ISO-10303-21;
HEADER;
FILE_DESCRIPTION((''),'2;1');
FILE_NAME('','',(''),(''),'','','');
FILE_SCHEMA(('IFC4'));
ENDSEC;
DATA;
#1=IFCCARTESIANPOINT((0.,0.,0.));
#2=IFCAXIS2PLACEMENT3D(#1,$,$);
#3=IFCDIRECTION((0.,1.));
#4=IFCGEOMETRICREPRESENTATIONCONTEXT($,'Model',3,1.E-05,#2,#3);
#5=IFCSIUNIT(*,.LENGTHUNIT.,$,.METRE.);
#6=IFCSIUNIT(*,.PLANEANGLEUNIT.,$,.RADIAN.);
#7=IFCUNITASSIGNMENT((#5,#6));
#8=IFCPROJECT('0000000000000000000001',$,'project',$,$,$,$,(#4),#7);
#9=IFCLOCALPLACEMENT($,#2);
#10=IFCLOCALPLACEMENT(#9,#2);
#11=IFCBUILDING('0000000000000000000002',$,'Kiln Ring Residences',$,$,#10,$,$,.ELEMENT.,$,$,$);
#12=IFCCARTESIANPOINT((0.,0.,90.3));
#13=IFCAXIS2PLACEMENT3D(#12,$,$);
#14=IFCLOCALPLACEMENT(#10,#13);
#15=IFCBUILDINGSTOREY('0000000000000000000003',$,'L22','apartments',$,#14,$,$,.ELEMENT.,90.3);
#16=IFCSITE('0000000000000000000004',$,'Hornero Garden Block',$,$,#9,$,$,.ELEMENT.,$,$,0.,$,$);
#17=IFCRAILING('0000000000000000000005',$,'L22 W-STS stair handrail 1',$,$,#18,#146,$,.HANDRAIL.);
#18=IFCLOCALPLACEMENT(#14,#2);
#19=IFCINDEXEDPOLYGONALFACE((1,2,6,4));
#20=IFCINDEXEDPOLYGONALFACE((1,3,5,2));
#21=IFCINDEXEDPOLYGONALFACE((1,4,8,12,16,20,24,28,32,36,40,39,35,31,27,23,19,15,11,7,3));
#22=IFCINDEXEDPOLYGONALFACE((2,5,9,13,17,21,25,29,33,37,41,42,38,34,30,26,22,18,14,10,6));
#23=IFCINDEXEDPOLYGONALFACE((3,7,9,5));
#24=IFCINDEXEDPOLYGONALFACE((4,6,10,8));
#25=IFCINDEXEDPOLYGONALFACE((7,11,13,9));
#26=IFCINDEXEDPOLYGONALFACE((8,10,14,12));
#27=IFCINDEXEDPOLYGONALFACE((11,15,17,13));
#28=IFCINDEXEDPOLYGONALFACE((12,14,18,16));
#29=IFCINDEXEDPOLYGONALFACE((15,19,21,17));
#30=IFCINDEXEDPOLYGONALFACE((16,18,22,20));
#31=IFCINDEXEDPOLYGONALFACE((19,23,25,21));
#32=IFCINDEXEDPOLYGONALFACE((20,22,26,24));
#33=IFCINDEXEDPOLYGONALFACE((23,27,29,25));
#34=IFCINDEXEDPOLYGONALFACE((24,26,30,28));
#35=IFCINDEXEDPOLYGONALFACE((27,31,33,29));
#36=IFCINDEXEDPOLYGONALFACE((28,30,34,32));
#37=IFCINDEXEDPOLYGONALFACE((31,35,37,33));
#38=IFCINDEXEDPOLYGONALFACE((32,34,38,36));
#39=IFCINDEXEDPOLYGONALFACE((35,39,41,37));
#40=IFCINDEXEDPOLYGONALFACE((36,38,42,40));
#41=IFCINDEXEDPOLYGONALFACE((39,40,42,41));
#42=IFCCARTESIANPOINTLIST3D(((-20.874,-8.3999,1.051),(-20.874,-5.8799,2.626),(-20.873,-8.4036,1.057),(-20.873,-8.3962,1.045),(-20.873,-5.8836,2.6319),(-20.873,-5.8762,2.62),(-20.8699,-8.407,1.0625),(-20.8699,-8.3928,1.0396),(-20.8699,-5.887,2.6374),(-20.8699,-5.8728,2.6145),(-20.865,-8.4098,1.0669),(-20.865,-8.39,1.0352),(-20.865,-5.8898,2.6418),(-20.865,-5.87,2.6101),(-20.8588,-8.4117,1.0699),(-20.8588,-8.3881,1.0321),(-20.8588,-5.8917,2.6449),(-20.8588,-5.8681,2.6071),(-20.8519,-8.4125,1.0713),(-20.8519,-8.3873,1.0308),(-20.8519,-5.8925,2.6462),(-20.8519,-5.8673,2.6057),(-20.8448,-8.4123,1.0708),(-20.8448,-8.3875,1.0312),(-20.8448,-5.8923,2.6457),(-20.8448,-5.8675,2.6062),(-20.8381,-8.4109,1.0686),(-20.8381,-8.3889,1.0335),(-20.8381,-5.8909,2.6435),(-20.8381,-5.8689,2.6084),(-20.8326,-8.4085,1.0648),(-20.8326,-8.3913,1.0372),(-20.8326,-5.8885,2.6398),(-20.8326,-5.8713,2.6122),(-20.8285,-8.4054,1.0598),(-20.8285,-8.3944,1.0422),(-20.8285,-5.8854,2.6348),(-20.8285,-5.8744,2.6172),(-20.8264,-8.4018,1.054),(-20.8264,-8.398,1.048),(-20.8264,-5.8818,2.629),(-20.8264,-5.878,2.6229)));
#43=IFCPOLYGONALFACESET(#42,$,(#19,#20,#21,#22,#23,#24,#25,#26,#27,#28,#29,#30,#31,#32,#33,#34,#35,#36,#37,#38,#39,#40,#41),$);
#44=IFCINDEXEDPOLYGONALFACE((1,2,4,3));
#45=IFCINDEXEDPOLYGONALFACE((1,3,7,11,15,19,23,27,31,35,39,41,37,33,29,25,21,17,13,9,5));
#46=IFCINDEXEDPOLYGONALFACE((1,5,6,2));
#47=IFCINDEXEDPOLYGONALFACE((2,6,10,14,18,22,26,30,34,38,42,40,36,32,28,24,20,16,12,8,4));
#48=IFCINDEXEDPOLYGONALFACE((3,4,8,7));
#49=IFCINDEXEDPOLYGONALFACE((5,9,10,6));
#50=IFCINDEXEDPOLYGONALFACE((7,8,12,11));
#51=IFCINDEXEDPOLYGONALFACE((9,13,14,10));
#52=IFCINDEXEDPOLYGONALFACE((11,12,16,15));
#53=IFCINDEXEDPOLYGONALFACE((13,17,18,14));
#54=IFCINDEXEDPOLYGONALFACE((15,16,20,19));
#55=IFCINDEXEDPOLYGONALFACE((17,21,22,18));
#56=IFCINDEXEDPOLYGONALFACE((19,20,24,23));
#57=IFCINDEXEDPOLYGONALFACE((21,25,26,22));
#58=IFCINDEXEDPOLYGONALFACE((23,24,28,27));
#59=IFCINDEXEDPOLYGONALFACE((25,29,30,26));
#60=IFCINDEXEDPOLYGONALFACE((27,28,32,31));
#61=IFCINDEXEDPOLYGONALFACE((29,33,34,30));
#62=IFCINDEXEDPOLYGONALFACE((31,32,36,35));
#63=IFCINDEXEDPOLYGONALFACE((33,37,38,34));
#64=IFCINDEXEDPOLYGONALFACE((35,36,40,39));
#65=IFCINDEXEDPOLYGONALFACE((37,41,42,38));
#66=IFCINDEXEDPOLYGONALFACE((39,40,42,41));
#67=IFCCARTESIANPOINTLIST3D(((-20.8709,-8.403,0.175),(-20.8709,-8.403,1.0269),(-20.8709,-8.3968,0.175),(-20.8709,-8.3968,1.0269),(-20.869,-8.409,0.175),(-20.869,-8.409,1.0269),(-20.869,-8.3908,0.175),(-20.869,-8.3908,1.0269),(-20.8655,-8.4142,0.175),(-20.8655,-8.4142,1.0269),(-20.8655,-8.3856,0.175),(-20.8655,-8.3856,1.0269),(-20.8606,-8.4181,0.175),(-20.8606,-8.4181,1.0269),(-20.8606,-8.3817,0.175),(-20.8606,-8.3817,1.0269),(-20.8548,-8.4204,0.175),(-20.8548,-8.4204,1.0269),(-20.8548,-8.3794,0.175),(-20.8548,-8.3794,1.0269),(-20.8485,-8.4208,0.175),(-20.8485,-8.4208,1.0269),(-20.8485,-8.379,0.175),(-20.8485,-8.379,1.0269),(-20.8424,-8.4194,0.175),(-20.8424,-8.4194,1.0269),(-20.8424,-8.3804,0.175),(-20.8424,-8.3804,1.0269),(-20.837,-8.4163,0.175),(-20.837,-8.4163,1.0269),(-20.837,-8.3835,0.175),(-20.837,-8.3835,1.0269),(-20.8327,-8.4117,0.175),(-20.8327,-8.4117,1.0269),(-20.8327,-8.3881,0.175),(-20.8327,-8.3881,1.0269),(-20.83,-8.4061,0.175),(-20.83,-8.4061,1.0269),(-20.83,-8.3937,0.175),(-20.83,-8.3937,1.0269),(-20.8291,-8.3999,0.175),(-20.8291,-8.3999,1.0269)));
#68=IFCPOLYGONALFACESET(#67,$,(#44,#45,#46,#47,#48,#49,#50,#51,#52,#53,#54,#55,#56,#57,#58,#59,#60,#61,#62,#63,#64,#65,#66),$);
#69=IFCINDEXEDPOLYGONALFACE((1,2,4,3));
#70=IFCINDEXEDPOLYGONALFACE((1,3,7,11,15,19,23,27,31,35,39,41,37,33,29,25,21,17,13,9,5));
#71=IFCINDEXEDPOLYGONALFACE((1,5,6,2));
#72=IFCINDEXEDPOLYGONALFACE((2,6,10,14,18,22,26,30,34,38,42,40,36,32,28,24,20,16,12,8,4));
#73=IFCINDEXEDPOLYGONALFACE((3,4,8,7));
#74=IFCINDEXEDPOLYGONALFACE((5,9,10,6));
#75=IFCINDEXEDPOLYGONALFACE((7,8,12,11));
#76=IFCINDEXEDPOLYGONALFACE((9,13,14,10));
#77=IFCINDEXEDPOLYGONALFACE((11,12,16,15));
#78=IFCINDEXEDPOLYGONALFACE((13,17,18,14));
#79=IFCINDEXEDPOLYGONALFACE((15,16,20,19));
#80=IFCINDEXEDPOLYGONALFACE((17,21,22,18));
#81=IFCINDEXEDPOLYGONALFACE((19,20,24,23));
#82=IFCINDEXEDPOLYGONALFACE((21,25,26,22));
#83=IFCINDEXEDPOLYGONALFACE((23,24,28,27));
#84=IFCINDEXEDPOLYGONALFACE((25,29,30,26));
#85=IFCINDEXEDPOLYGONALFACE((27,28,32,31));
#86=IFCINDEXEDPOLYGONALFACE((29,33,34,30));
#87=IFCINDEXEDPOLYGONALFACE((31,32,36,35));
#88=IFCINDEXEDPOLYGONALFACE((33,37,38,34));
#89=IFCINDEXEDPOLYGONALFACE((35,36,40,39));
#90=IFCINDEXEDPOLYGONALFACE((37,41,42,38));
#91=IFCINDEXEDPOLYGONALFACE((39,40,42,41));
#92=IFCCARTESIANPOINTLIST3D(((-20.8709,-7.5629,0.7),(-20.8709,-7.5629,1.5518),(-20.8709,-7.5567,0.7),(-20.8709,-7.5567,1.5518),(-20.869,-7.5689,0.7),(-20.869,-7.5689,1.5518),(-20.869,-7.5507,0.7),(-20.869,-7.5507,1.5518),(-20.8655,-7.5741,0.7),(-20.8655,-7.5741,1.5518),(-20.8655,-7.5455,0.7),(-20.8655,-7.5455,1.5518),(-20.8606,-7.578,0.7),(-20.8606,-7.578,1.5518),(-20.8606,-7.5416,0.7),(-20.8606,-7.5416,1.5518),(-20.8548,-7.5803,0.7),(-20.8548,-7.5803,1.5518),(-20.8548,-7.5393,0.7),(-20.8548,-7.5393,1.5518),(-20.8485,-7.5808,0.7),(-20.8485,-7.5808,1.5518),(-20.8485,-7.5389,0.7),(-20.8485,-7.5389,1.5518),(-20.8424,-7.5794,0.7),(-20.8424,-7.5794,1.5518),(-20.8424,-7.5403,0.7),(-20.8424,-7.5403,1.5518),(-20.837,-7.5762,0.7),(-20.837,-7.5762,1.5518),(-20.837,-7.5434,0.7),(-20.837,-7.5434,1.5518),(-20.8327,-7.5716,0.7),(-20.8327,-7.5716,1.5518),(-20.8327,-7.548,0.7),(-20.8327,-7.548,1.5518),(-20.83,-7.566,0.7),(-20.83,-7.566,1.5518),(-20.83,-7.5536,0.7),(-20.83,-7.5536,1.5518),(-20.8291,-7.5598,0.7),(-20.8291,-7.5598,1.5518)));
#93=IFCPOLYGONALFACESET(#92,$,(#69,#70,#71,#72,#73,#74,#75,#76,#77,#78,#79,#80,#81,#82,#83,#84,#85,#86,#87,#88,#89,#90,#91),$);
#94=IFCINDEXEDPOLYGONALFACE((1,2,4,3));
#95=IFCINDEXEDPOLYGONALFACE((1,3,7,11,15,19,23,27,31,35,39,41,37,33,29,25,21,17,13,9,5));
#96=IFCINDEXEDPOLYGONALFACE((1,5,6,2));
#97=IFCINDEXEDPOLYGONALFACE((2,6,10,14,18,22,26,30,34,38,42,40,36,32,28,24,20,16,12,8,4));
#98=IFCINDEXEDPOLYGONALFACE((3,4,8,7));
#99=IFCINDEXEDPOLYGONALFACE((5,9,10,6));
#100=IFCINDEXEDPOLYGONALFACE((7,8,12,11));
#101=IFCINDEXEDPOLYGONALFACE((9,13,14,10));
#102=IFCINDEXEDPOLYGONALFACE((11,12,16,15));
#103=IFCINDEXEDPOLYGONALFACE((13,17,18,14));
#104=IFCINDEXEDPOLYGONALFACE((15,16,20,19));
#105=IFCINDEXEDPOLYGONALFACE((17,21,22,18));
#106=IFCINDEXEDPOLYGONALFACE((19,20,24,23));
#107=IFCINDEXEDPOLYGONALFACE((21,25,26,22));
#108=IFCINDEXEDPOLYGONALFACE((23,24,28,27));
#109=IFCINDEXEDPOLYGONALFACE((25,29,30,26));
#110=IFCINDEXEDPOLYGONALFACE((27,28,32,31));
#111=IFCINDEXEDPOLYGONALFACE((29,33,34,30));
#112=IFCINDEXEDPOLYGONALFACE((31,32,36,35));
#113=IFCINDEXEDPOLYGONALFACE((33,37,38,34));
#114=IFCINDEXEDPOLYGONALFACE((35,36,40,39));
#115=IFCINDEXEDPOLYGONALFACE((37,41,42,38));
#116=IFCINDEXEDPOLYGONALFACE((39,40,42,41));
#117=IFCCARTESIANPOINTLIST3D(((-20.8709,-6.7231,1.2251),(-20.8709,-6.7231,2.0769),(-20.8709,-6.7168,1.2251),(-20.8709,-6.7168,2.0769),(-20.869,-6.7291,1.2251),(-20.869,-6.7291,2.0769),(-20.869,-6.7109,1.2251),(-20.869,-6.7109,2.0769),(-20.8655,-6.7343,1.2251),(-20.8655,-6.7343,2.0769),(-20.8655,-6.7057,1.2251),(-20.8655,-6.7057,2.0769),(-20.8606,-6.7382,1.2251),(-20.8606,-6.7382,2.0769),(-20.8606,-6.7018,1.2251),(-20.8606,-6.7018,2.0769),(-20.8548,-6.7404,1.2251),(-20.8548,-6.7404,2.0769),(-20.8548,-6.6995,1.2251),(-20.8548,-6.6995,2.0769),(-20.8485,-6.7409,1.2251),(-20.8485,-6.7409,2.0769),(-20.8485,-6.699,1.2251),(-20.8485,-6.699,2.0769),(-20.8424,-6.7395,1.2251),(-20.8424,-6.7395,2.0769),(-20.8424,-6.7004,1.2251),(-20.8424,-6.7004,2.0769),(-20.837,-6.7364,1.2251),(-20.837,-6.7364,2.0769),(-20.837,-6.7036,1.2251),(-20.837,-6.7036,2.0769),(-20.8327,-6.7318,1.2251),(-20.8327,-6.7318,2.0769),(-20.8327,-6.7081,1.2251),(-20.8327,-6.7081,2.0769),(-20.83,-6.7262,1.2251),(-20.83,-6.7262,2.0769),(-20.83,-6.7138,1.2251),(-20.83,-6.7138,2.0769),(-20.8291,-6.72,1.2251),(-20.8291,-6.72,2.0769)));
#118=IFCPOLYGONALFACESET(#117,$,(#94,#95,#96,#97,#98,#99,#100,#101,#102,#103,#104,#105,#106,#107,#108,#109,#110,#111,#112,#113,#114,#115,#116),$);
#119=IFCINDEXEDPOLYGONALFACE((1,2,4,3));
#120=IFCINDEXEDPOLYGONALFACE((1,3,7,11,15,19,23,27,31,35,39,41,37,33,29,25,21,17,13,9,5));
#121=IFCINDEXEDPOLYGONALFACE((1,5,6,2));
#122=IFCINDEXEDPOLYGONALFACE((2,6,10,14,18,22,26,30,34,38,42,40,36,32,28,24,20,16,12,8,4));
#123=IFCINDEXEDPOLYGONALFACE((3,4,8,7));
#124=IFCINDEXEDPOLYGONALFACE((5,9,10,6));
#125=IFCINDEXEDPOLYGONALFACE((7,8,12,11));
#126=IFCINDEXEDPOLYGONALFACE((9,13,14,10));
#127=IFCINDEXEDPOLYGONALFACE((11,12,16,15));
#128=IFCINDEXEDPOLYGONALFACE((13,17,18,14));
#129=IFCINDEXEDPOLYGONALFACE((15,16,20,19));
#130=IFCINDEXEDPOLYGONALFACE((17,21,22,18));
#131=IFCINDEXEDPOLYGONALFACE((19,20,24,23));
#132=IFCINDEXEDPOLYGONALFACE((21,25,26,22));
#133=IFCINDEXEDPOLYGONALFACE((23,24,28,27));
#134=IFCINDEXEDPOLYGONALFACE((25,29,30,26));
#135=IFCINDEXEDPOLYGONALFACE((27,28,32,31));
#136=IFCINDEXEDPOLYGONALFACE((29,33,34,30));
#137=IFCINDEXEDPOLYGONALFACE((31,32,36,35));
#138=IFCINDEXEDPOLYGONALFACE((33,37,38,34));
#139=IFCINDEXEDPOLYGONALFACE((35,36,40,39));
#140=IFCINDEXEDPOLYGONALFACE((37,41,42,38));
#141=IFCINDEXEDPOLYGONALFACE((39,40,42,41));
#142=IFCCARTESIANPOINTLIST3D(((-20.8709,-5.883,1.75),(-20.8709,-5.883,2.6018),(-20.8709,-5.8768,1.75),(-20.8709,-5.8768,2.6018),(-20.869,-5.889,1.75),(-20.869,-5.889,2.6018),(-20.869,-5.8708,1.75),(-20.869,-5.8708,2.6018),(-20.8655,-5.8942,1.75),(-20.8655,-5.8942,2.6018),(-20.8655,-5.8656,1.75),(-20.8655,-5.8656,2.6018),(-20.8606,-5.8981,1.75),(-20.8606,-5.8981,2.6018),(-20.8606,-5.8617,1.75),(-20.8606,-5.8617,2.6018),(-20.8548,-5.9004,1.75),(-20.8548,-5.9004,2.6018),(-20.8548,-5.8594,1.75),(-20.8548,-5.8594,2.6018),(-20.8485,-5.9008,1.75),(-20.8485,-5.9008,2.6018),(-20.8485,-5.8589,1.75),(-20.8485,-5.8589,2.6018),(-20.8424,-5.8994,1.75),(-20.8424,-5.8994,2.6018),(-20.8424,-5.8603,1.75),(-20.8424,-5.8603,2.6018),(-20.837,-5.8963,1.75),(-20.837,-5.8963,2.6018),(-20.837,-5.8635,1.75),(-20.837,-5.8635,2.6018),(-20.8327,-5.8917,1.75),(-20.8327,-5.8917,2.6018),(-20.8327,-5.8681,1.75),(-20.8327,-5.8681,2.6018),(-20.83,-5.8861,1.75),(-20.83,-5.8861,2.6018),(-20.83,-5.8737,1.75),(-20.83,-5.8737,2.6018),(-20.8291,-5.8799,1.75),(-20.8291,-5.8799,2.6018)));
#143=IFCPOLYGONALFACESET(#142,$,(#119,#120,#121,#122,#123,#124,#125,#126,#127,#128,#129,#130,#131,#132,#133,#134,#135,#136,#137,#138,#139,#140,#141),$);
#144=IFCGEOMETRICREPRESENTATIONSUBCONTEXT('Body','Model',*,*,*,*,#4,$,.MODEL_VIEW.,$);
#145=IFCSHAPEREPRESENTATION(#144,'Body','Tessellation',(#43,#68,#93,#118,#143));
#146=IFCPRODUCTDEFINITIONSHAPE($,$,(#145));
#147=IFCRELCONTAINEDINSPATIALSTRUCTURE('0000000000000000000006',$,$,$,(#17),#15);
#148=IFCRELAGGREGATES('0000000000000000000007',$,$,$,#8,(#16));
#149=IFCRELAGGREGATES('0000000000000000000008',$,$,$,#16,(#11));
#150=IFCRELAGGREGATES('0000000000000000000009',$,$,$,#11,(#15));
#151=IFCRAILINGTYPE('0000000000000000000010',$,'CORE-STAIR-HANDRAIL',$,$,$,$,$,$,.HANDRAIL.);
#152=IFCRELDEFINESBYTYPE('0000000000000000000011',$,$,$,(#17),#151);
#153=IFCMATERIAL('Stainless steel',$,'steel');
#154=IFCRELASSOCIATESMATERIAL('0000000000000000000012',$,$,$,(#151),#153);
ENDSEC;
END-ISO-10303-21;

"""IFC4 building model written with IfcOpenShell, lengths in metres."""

from ifc_helpers import new_model, si_unit, direction, frame, origin, origin_2d, place, context, subcontext, project, spatial, circle, extrude, material, type_object, element, save


model = new_model("IFC4")

# Units and contexts
model_context = context("Model", 3, precision=1e-05, world=origin(), true_north=direction((0.0, 1.0)))
body_context = subcontext(model_context, "Body", "Model", "MODEL_VIEW")
ifc_project = project(units=[si_unit("LENGTHUNIT", "METRE"), si_unit("PLANEANGLEUNIT", "RADIAN")], contexts=[model_context])

# Site, building, storey
site_placement = place(None, origin())
site = spatial("IfcSite", under=ifc_project, at=site_placement, Name="Hornero Garden Block", CompositionType="ELEMENT", RefElevation=0.0)
building_placement = place(site_placement, origin())
building = spatial("IfcBuilding", under=site, at=building_placement, Name="Kiln Ring Residences", CompositionType="ELEMENT")
storey_placement = place(building_placement, frame((0.0, 0.0, 90.3)))
storey = spatial("IfcBuildingStorey", under=building, at=storey_placement, Name="L22", Description="apartments", CompositionType="ELEMENT", Elevation=90.3)

# Railing
ifc_material_1 = material(Name="Stainless steel", Category="steel")
railing_type_1 = type_object("IfcRailingType", Name="CORE-STAIR-HANDRAIL", PredefinedType="HANDRAIL", material=ifc_material_1)
railing_1_placement = place(storey_placement, frame((-20.8501, -8.3999, 0.175)))
element("IfcRailing", 1, at=railing_1_placement, inside=storey, type_object=railing_type_1, Name="L22 W-STS stair handrail 1", PredefinedType="HANDRAIL", context=body_context, shape_type="SweptSolid", body=[
    extrude(circle(Radius=0.0239, at=origin_2d()), frame((0.0, 0.0, 0.876), z_axis=(0.0, 0.848008, 0.529984), x_axis=(-1.0, 0.0, 0.0)), (0.0, 0.0, 1.0), 2.9717),
    extrude(circle(Radius=0.021, at=origin_2d()), origin(), (0.0, 0.0, 1.0), 0.8518),
    extrude(circle(Radius=0.021, at=origin_2d()), frame((0.0, 0.8401, 0.5249)), (0.0, 0.0, 1.0), 0.8518),
    extrude(circle(Radius=0.021, at=origin_2d()), frame((0.0, 1.6799, 1.05)), (0.0, 0.0, 1.0), 0.8518),
    extrude(circle(Radius=0.021, at=origin_2d()), frame((0.0, 2.52, 1.575)), (0.0, 0.0, 1.0), 0.8518),
])

save(model, "model.ifc")
